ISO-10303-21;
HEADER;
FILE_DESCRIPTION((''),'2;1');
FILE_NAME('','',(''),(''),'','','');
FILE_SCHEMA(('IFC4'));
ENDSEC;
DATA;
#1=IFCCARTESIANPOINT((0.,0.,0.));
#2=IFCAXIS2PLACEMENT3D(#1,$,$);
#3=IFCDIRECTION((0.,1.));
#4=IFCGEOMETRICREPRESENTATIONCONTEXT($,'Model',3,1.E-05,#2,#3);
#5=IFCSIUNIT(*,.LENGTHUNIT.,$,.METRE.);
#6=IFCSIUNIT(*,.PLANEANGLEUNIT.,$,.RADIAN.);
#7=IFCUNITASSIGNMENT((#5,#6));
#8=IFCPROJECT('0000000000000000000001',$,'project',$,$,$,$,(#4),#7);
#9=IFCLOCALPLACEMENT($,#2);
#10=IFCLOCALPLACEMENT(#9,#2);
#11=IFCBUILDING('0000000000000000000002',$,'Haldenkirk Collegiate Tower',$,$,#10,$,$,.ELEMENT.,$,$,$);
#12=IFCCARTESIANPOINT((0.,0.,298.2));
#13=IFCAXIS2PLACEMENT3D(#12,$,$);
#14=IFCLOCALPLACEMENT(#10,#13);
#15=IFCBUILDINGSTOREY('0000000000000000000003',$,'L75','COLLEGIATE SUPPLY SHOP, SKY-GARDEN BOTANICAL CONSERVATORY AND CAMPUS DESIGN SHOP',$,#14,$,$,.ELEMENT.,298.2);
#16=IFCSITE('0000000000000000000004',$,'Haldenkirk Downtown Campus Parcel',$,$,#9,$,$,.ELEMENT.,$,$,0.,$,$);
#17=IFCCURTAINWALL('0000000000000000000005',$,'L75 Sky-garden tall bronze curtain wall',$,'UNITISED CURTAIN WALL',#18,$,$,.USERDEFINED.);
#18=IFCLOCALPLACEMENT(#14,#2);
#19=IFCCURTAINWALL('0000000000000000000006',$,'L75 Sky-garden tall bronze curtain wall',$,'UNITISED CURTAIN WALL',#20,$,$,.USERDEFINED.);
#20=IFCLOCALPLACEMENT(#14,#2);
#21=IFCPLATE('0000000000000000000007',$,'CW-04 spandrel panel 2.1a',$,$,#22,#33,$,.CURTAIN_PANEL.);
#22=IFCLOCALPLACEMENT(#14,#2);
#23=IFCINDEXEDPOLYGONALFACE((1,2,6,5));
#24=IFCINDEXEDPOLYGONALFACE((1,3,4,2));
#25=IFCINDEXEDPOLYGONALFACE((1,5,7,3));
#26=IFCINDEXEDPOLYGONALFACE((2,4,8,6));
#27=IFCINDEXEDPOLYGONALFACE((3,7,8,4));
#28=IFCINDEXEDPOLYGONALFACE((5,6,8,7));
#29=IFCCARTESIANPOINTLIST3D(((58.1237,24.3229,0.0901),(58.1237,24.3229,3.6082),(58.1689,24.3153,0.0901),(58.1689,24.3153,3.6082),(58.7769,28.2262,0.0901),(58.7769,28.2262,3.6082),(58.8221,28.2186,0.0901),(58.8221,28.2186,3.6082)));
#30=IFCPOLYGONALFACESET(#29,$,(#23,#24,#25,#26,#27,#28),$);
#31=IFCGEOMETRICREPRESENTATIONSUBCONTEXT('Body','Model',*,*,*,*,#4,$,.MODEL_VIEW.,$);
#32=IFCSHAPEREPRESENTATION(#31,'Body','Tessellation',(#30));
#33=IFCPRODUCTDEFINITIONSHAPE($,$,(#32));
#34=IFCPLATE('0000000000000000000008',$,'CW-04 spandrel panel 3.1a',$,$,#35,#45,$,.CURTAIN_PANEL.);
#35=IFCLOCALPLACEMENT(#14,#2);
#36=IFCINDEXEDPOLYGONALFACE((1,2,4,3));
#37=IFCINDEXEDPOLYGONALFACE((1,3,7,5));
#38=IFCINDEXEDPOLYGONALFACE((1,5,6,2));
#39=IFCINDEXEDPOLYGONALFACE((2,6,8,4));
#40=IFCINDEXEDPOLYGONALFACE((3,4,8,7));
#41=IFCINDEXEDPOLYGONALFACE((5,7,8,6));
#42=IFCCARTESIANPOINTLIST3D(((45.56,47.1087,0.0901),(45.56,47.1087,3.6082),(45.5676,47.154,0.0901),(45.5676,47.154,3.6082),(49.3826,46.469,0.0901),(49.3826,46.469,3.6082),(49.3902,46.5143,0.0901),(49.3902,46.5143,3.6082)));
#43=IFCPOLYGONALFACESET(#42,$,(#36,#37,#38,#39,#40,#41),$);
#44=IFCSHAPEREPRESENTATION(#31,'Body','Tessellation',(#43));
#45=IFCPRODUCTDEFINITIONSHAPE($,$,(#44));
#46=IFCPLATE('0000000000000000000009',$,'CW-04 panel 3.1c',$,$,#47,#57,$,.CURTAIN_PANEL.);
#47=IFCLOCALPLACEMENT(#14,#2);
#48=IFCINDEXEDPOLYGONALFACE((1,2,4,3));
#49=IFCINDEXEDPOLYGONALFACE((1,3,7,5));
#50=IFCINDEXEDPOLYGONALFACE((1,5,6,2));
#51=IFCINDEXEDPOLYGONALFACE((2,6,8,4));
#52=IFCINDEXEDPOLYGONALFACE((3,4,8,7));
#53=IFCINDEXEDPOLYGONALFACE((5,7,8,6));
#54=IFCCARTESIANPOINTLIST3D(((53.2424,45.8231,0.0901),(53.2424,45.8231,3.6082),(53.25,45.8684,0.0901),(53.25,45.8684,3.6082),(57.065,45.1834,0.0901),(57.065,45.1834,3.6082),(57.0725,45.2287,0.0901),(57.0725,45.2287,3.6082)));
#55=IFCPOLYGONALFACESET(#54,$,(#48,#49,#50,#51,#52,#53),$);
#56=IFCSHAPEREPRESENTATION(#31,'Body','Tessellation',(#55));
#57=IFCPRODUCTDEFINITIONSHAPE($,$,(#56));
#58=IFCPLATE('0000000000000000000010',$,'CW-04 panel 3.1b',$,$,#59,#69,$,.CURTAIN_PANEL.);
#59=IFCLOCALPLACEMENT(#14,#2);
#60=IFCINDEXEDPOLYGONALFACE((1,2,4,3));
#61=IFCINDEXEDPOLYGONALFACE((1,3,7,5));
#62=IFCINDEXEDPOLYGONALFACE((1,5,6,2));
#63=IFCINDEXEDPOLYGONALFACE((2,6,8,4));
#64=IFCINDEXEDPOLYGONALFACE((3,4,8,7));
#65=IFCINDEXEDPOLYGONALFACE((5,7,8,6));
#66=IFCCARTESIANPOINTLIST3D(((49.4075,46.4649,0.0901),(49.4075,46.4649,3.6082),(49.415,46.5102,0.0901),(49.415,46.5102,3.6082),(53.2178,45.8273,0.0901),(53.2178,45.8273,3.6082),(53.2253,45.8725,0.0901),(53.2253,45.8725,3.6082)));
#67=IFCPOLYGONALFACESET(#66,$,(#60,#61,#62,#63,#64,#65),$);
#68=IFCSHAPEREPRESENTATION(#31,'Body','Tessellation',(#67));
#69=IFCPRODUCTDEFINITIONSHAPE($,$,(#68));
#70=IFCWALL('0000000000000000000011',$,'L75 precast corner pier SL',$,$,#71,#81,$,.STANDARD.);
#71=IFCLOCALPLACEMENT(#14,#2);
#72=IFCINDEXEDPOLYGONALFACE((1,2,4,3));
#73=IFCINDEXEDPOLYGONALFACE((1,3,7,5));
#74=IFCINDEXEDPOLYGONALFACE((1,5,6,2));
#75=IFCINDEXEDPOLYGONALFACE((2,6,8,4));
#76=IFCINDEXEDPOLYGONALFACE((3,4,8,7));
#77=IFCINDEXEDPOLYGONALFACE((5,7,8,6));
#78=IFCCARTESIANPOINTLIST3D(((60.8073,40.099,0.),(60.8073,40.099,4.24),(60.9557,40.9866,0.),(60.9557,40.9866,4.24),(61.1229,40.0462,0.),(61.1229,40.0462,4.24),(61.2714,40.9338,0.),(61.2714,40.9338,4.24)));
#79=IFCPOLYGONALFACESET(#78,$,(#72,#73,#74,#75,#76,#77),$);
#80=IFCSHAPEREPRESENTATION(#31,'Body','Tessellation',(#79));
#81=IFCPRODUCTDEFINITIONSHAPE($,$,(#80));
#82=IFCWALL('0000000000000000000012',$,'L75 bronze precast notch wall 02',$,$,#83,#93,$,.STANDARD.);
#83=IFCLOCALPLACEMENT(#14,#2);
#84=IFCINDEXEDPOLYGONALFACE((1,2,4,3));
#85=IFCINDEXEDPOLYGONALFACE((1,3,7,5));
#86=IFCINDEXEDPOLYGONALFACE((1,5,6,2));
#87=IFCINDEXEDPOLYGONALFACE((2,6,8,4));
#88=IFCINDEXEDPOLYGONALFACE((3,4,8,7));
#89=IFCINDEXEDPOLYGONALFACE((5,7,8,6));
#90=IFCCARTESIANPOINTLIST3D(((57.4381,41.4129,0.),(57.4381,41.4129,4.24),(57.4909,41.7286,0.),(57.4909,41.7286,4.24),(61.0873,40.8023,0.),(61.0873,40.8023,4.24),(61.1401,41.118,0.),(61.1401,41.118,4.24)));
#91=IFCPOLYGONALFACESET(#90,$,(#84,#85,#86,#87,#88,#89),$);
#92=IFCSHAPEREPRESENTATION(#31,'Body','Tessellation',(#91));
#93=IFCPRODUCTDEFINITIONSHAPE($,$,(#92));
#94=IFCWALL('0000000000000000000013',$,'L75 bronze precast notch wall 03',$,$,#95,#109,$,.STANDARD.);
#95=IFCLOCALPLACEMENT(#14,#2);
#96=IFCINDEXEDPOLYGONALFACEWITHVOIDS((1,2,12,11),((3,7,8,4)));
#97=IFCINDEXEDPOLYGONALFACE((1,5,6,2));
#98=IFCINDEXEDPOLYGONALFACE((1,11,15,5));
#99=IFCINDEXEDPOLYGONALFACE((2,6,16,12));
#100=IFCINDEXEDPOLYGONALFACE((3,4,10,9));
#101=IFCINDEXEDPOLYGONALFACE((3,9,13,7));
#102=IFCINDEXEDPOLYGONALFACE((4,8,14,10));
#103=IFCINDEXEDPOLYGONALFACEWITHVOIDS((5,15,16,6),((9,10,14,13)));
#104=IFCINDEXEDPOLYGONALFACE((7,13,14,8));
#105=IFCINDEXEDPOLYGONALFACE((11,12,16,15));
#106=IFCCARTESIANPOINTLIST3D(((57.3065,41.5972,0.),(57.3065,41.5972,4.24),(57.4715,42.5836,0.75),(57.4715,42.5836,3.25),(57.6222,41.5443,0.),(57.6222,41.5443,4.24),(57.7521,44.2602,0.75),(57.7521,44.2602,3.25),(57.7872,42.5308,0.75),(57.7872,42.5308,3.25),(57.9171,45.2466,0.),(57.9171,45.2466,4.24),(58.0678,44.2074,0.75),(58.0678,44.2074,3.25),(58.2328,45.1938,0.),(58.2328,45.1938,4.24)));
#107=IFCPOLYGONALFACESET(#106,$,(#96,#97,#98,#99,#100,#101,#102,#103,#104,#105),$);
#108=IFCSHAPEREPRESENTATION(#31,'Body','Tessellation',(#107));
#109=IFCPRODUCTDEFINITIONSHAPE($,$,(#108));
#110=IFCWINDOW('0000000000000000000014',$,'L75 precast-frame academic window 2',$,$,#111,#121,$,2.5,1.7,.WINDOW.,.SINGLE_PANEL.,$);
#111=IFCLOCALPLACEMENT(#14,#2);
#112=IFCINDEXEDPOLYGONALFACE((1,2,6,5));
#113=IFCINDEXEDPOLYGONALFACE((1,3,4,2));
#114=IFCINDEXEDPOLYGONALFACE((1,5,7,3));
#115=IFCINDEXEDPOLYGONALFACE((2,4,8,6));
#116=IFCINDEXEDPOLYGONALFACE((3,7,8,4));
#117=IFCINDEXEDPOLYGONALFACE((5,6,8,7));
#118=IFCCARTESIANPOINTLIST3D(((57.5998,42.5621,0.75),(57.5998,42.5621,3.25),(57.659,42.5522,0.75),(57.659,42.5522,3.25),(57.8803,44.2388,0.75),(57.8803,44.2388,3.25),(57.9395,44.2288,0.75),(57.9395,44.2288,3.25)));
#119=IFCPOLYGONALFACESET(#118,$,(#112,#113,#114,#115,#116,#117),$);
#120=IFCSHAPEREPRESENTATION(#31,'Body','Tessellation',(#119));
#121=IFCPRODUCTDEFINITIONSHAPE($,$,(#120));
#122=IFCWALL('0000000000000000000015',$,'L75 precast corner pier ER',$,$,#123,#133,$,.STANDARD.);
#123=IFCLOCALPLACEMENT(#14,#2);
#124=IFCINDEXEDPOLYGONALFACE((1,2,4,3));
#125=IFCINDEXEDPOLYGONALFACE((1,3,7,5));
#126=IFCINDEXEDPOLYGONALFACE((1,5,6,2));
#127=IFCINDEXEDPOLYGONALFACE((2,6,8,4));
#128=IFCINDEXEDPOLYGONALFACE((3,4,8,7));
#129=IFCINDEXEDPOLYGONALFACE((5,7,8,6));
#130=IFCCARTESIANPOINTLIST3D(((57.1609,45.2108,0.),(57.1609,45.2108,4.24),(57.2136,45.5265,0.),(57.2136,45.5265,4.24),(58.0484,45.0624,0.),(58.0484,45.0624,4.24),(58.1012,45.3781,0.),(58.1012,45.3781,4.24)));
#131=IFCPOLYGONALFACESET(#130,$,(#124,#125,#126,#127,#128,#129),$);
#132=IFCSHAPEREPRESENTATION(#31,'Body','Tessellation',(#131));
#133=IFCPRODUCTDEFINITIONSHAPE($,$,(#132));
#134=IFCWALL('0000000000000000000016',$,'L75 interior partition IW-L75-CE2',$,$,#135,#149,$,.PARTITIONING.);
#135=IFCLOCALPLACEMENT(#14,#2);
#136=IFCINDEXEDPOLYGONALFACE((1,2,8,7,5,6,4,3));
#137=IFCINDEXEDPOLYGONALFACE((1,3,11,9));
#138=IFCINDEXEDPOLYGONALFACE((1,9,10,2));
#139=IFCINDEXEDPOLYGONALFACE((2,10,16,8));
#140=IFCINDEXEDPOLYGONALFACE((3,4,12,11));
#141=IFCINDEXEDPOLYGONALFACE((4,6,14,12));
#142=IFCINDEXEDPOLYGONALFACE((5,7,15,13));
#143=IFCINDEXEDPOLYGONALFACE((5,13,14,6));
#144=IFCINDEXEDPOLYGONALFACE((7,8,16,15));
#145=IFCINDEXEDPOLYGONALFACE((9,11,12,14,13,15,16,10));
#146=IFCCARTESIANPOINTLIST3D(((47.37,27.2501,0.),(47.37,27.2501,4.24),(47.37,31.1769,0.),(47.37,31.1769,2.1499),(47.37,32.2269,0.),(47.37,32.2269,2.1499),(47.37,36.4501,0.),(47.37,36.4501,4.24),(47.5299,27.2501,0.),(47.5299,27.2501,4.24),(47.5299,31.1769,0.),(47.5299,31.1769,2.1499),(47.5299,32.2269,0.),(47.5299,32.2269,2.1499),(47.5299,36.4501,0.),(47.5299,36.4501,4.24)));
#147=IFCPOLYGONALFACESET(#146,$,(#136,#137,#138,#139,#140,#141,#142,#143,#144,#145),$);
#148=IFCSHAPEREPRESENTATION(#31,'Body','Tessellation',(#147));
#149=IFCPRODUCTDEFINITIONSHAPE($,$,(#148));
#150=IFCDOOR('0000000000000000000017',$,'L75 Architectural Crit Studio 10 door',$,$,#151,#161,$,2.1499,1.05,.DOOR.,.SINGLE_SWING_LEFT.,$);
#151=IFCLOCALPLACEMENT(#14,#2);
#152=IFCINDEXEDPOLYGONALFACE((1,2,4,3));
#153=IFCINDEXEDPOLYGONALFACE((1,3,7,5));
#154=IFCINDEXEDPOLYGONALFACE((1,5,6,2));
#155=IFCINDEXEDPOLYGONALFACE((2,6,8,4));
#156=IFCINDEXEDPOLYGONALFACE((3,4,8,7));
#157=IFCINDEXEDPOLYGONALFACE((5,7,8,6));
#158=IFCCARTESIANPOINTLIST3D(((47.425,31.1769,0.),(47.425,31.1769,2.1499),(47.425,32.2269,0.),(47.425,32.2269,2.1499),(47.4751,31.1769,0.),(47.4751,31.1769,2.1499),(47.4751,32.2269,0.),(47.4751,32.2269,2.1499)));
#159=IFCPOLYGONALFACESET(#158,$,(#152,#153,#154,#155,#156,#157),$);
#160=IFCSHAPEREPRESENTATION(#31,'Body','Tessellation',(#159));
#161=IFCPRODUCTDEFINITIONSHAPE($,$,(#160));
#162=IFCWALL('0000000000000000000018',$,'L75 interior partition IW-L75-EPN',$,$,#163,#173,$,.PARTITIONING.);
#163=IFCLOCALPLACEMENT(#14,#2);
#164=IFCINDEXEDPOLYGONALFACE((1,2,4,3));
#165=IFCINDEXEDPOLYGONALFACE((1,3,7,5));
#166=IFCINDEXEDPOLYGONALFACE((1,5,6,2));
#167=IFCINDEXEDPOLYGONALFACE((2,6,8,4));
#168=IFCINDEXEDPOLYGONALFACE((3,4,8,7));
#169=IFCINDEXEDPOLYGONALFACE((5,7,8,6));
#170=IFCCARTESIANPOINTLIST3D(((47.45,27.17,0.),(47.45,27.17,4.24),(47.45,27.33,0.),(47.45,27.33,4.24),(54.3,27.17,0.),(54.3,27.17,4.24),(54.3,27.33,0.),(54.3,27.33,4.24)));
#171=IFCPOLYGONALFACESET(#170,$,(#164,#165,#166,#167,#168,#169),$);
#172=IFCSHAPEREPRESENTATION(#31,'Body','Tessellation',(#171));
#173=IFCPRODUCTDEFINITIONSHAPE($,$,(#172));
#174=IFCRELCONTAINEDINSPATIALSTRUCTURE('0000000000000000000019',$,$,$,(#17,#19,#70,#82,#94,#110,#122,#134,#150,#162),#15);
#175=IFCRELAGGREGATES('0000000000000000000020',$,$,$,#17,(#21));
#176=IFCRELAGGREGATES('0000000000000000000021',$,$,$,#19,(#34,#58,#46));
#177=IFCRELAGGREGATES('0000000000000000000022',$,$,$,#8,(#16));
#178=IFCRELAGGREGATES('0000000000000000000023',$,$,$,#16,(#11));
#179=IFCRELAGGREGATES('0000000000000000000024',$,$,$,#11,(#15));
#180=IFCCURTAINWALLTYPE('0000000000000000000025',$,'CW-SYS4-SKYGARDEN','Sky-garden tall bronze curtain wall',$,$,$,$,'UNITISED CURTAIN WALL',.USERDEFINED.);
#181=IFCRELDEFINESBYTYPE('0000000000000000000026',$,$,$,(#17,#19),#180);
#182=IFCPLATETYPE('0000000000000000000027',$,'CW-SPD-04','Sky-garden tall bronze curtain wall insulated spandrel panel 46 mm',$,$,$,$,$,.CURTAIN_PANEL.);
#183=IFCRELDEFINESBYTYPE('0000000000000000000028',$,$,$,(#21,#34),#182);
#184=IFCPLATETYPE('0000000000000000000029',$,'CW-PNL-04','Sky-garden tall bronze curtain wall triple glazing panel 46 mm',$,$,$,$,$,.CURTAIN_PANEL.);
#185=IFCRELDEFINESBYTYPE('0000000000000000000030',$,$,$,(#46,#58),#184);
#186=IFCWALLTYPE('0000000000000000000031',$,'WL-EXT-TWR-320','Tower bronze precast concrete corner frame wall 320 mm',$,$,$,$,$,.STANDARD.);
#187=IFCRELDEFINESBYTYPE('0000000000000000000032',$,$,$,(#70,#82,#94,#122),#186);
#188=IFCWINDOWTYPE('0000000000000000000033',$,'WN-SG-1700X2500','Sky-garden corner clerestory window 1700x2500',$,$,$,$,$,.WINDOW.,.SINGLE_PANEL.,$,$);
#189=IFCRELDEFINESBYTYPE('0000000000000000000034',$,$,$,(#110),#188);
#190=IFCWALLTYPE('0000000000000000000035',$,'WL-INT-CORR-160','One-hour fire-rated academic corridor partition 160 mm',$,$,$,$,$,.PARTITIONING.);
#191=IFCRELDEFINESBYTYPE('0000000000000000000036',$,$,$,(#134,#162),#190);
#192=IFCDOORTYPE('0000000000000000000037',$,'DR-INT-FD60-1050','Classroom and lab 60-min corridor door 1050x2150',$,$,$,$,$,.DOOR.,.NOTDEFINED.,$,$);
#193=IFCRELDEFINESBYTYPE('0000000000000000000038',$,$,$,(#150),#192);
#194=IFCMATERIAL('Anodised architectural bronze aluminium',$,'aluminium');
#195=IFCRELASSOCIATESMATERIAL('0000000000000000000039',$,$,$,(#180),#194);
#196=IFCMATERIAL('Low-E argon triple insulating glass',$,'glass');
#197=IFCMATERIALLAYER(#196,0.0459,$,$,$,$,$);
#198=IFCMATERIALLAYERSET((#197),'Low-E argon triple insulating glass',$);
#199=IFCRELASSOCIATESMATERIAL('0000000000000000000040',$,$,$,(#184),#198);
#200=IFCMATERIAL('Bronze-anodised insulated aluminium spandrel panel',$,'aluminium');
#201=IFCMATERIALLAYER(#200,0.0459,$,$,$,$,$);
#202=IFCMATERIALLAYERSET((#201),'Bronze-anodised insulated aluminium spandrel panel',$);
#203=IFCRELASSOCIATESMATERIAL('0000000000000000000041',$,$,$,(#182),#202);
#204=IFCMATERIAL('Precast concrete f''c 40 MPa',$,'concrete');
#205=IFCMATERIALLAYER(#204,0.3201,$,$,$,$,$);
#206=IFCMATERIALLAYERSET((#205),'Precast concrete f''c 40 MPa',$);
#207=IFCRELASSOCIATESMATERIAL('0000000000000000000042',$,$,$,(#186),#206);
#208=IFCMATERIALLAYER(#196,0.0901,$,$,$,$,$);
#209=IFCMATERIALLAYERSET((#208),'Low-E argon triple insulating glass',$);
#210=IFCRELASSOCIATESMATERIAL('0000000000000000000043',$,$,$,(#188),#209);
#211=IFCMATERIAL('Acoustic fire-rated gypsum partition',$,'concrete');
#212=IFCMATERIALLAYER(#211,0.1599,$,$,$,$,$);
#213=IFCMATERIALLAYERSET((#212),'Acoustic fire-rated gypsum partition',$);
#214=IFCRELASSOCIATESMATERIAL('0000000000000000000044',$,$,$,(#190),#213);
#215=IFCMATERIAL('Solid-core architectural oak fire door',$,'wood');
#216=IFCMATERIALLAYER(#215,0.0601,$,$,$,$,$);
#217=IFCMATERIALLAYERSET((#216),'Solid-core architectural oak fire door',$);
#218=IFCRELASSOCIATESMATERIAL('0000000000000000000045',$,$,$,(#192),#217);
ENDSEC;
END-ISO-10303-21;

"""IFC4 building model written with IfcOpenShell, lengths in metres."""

from ifc_helpers import new_model, si_unit, direction, frame, frame_2d, origin, origin_2d, place, context, subcontext, project, spatial, rectangle, extrude, source, transform, mapped, material, layer, layer_set, type_object, element, fill, aggregate, save


model = new_model("IFC4")

# Units and contexts
model_context = context("Model", 3, precision=1e-05, world=origin(), true_north=direction((0.0, 1.0)))
body_context = subcontext(model_context, "Body", "Model", "MODEL_VIEW")
ifc_project = project(units=[si_unit("LENGTHUNIT", "METRE"), si_unit("PLANEANGLEUNIT", "RADIAN")], contexts=[model_context])

# Site, building, storey
site_placement = place(None, origin())
site = spatial("IfcSite", under=ifc_project, at=site_placement, Name="Haldenkirk Downtown Campus Parcel", CompositionType="ELEMENT", RefElevation=0.0)
building_placement = place(site_placement, origin())
building = spatial("IfcBuilding", under=site, at=building_placement, Name="Haldenkirk Collegiate Tower", CompositionType="ELEMENT")
storey_placement = place(building_placement, frame((0.0, 0.0, 298.2)))
storey = spatial("IfcBuildingStorey", under=building, at=storey_placement, Name="L75", Description="COLLEGIATE SUPPLY SHOP, SKY-GARDEN BOTANICAL CONSERVATORY AND CAMPUS DESIGN SHOP", CompositionType="ELEMENT", Elevation=298.2)

# Curtain wall
ifc_material_1 = material(Name="Anodised architectural bronze aluminium", Category="aluminium")
curtain_wall_type = type_object("IfcCurtainWallType", Name="CW-SYS4-SKYGARDEN", Description="Sky-garden tall bronze curtain wall", ElementType="UNITISED CURTAIN WALL", PredefinedType="USERDEFINED", material=ifc_material_1)
curtain_wall_1_placement = place(storey_placement, origin())
curtain_wall_1 = element("IfcCurtainWall", 1, at=curtain_wall_1_placement, inside=storey, type_object=curtain_wall_type, Name="L75 Sky-garden tall bronze curtain wall", ObjectType="UNITISED CURTAIN WALL", PredefinedType="USERDEFINED")

# Curtain wall
curtain_wall_2_placement = place(storey_placement, origin())
curtain_wall_2 = element("IfcCurtainWall", 2, at=curtain_wall_2_placement, inside=storey, type_object=curtain_wall_type, Name="L75 Sky-garden tall bronze curtain wall", ObjectType="UNITISED CURTAIN WALL", PredefinedType="USERDEFINED")

# Plates
ifc_material_2 = material(Name="Low-E argon triple insulating glass", Category="glass")
ifc_layer_1 = layer(ifc_material_2, 0.0459)
ifc_layer_set_1 = layer_set([ifc_layer_1], Name="Low-E argon triple insulating glass")
plate_type_1 = type_object("IfcPlateType", Name="CW-PNL-04", Description="Sky-garden tall bronze curtain wall triple glazing panel 46 mm", PredefinedType="CURTAIN_PANEL", material=ifc_layer_set_1)
ifc_material_3 = material(Name="Bronze-anodised insulated aluminium spandrel panel", Category="aluminium")
ifc_layer_2 = layer(ifc_material_3, 0.0459)
ifc_layer_set_2 = layer_set([ifc_layer_2], Name="Bronze-anodised insulated aluminium spandrel panel")
plate_type_2 = type_object("IfcPlateType", Name="CW-SPD-04", Description="Sky-garden tall bronze curtain wall insulated spandrel panel 46 mm", PredefinedType="CURTAIN_PANEL", material=ifc_layer_set_2)
shared_shape_1 = source(origin(), body_context, "Body", "SweptSolid", [
    extrude(rectangle(XDim=3.9575, YDim=0.0459, at=origin_2d()), origin(), (0.0, 0.0, 1.0), 3.5181),
])
plate_1_placement = place(storey_placement, frame((58.4729, 26.2708, 0.0901), z_axis=(0.0, 0.0, 1.0), x_axis=(-0.16505, -0.986285, 0.0)))
plate_1 = element("IfcPlate", 3, at=plate_1_placement, type_object=plate_type_2, Name="CW-04 spandrel panel 2.1a", PredefinedType="CURTAIN_PANEL", context=body_context, shape_type="MappedRepresentation", body=[
    mapped(shared_shape_1, transform((0.0, 0.0, 0.0), x_axis=(1.0, 0.0, 0.0), y_axis=(0.0, 1.0, 0.0), z_axis=(0.0, 0.0, 1.0), scale=1.0)),
])
aggregate(curtain_wall_1, [plate_1])
shared_shape_2 = source(origin(), body_context, "Body", "SweptSolid", [
    extrude(rectangle(XDim=3.8757, YDim=0.0459, at=origin_2d()), origin(), (0.0, 0.0, 1.0), 3.5181),
])
plate_2_placement = place(storey_placement, frame((47.4751, 46.8115, 0.0901), z_axis=(0.0, 0.0, 1.0), x_axis=(0.986285, -0.165049, 0.0)))
plate_2 = element("IfcPlate", 4, at=plate_2_placement, type_object=plate_type_2, Name="CW-04 spandrel panel 3.1a", PredefinedType="CURTAIN_PANEL", context=body_context, shape_type="MappedRepresentation", body=[
    mapped(shared_shape_2, transform((0.0, 0.0, 0.0), x_axis=(1.0, 0.0, 0.0), y_axis=(0.0, 1.0, 0.0), z_axis=(0.0, 0.0, 1.0), scale=1.0)),
])
plate_3_placement = place(storey_placement, frame((55.1575, 45.5259, 0.0901), z_axis=(0.0, 0.0, 1.0), x_axis=(0.986285, -0.165049, 0.0)))
plate_3 = element("IfcPlate", 5, at=plate_3_placement, type_object=plate_type_1, Name="CW-04 panel 3.1c", PredefinedType="CURTAIN_PANEL", context=body_context, shape_type="MappedRepresentation", body=[
    mapped(shared_shape_2, transform((0.0, 0.0, 0.0), x_axis=(1.0, 0.0, 0.0), y_axis=(0.0, 1.0, 0.0), z_axis=(0.0, 0.0, 1.0), scale=1.0)),
])
shared_shape_3 = source(origin(), body_context, "Body", "SweptSolid", [
    extrude(rectangle(XDim=3.8633, YDim=0.0459, at=origin_2d()), origin(), (0.0, 0.0, 1.0), 3.5181),
])
plate_4_placement = place(storey_placement, frame((51.3164, 46.1687, 0.0901), z_axis=(0.0, 0.0, 1.0), x_axis=(0.986285, -0.165049, 0.0)))
plate_4 = element("IfcPlate", 6, at=plate_4_placement, type_object=plate_type_1, Name="CW-04 panel 3.1b", PredefinedType="CURTAIN_PANEL", context=body_context, shape_type="MappedRepresentation", body=[
    mapped(shared_shape_3, transform((0.0, 0.0, 0.0), x_axis=(1.0, 0.0, 0.0), y_axis=(0.0, 1.0, 0.0), z_axis=(0.0, 0.0, 1.0), scale=1.0)),
])
aggregate(curtain_wall_2, [plate_2, plate_4, plate_3])

# Walls
ifc_material_4 = material(Name="Precast concrete f'c 40 MPa", Category="concrete")
ifc_layer_3 = layer(ifc_material_4, 0.3201)
ifc_layer_set_3 = layer_set([ifc_layer_3], Name="Precast concrete f'c 40 MPa")
wall_type_1 = type_object("IfcWallType", Name="WL-EXT-TWR-320", Description="Tower bronze precast concrete corner frame wall 320 mm", PredefinedType="STANDARD", material=ifc_layer_set_3)
wall_1_placement = place(storey_placement, frame((61.1135, 40.9602, 0.0), z_axis=(0.0, 0.0, 1.0), x_axis=(-0.164927, -0.986306, 0.0)))
element("IfcWall", 7, at=wall_1_placement, inside=storey, type_object=wall_type_1, Name="L75 precast corner pier SL", PredefinedType="STANDARD", context=body_context, shape_type="SweptSolid", body=[
    extrude(rectangle(XDim=0.8999, YDim=0.3201, at=frame_2d((0.45, 0.0))), origin(), (0.0, 0.0, 1.0), 4.24),
])
wall_2_placement = place(storey_placement, frame((57.4644, 41.5708, 0.0), z_axis=(0.0, 0.0, 1.0), x_axis=(0.986289, -0.16503, 0.0)))
element("IfcWall", 8, at=wall_2_placement, inside=storey, type_object=wall_type_1, Name="L75 bronze precast notch wall 02", PredefinedType="STANDARD", context=body_context, shape_type="SweptSolid", body=[
    extrude(rectangle(XDim=3.7, YDim=0.3201, at=frame_2d((1.8501, 0.0))), origin(), (0.0, 0.0, 1.0), 4.24),
])

# Wall, opening, window
wall_3_placement = place(storey_placement, frame((58.075, 45.2202, 0.0), z_axis=(0.0, 0.0, 1.0), x_axis=(-0.16502, -0.98629, 0.0)))
wall_3 = element("IfcWall", 9, at=wall_3_placement, inside=storey, type_object=wall_type_1, Name="L75 bronze precast notch wall 03", PredefinedType="STANDARD", context=body_context, shape_type="SweptSolid", body=[
    extrude(rectangle(XDim=3.7002, YDim=0.3201, at=frame_2d((1.8501, 0.0))), origin(), (0.0, 0.0, 1.0), 4.24),
])
opening_1_placement = place(wall_3_placement, frame((1.0, 0.0, 0.75)))
opening_1 = element("IfcOpeningElement", 10, at=opening_1_placement, cuts=wall_3, PredefinedType="OPENING", context=body_context, shape_type="SweptSolid", body=[
    extrude(rectangle(XDim=1.7, YDim=2.5, at=frame_2d((0.8501, 1.25))), frame((0.0, 0.1699, 0.0), z_axis=(0.0, -1.0, 0.0), x_axis=(1.0, 0.0, 0.0)), (0.0, 0.0, 1.0), 0.3401),
])
ifc_layer_4 = layer(ifc_material_2, 0.0901)
ifc_layer_set_4 = layer_set([ifc_layer_4], Name="Low-E argon triple insulating glass")
window_type = type_object("IfcWindowType", Name="WN-SG-1700X2500", Description="Sky-garden corner clerestory window 1700x2500", PartitioningType="SINGLE_PANEL", PredefinedType="WINDOW", material=ifc_layer_set_4)
window_placement = place(opening_1_placement, origin())
window = element("IfcWindow", 11, at=window_placement, inside=storey, type_object=window_type, Name="L75 precast-frame academic window 2", OverallHeight=2.5, OverallWidth=1.7, PartitioningType="SINGLE_PANEL", PredefinedType="WINDOW", context=body_context, shape_type="SweptSolid", body=[
    extrude(rectangle(XDim=1.7, YDim=2.5, at=frame_2d((0.8501, 1.25))), frame((0.0, 0.03, 0.0), z_axis=(0.0, -1.0, 0.0), x_axis=(1.0, 0.0, 0.0)), (0.0, 0.0, 1.0), 0.0601),
])
fill(opening_1, window)

# Wall
wall_4_placement = place(storey_placement, frame((57.1873, 45.3687, 0.0), z_axis=(0.0, 0.0, 1.0), x_axis=(0.986306, -0.164927, 0.0)))
element("IfcWall", 12, at=wall_4_placement, inside=storey, type_object=wall_type_1, Name="L75 precast corner pier ER", PredefinedType="STANDARD", context=body_context, shape_type="SweptSolid", body=[
    extrude(rectangle(XDim=0.8999, YDim=0.3201, at=frame_2d((0.45, 0.0))), origin(), (0.0, 0.0, 1.0), 4.24),
])

# Wall, opening, door
ifc_material_5 = material(Name="Acoustic fire-rated gypsum partition", Category="concrete")
ifc_layer_5 = layer(ifc_material_5, 0.1599)
ifc_layer_set_5 = layer_set([ifc_layer_5], Name="Acoustic fire-rated gypsum partition")
wall_type_2 = type_object("IfcWallType", Name="WL-INT-CORR-160", Description="One-hour fire-rated academic corridor partition 160 mm", PredefinedType="PARTITIONING", material=ifc_layer_set_5)
wall_5_placement = place(storey_placement, frame((47.45, 27.25, 0.0), z_axis=(0.0, 0.0, 1.0), x_axis=(0.0, 1.0, 0.0)))
wall_5 = element("IfcWall", 13, at=wall_5_placement, inside=storey, type_object=wall_type_2, Name="L75 interior partition IW-L75-CE2", PredefinedType="PARTITIONING", context=body_context, shape_type="SweptSolid", body=[
    extrude(rectangle(XDim=9.2, YDim=0.1599, at=frame_2d((4.6001, 0.0))), origin(), (0.0, 0.0, 1.0), 4.24),
])
opening_2_placement = place(wall_5_placement, frame((3.927, 0.0, 0.0)))
opening_2 = element("IfcOpeningElement", 14, at=opening_2_placement, cuts=wall_5, PredefinedType="OPENING", context=body_context, shape_type="SweptSolid", body=[
    extrude(rectangle(XDim=1.05, YDim=2.1499, at=frame_2d((0.5249, 1.075))), frame((0.0, 0.0898, 0.0), z_axis=(0.0, -1.0, 0.0), x_axis=(1.0, 0.0, 0.0)), (0.0, 0.0, 1.0), 0.1799),
])
ifc_material_6 = material(Name="Solid-core architectural oak fire door", Category="wood")
ifc_layer_6 = layer(ifc_material_6, 0.0601)
ifc_layer_set_6 = layer_set([ifc_layer_6], Name="Solid-core architectural oak fire door")
door_type = type_object("IfcDoorType", Name="DR-INT-FD60-1050", Description="Classroom and lab 60-min corridor door 1050x2150", OperationType="NOTDEFINED", PredefinedType="DOOR", material=ifc_layer_set_6)
door_placement = place(opening_2_placement, origin())
door = element("IfcDoor", 15, at=door_placement, inside=storey, type_object=door_type, Name="L75 Architectural Crit Studio 10 door", OperationType="SINGLE_SWING_LEFT", OverallHeight=2.1499, OverallWidth=1.05, PredefinedType="DOOR", context=body_context, shape_type="SweptSolid", body=[
    extrude(rectangle(XDim=1.05, YDim=2.1499, at=frame_2d((0.5249, 1.075))), frame((0.0, 0.0249, 0.0), z_axis=(0.0, -1.0, 0.0), x_axis=(1.0, 0.0, 0.0)), (0.0, 0.0, 1.0), 0.05),
])
fill(opening_2, door)

# Wall
wall_6_placement = place(storey_placement, frame((47.45, 27.25, 0.0), z_axis=(0.0, 0.0, 1.0), x_axis=(1.0, 0.0, 0.0)))
element("IfcWall", 16, at=wall_6_placement, inside=storey, type_object=wall_type_2, Name="L75 interior partition IW-L75-EPN", PredefinedType="PARTITIONING", context=body_context, shape_type="SweptSolid", body=[
    extrude(rectangle(XDim=6.8501, YDim=0.1599, at=frame_2d((3.425, 0.0))), origin(), (0.0, 0.0, 1.0), 4.24),
])

save(model, "model.ifc")
